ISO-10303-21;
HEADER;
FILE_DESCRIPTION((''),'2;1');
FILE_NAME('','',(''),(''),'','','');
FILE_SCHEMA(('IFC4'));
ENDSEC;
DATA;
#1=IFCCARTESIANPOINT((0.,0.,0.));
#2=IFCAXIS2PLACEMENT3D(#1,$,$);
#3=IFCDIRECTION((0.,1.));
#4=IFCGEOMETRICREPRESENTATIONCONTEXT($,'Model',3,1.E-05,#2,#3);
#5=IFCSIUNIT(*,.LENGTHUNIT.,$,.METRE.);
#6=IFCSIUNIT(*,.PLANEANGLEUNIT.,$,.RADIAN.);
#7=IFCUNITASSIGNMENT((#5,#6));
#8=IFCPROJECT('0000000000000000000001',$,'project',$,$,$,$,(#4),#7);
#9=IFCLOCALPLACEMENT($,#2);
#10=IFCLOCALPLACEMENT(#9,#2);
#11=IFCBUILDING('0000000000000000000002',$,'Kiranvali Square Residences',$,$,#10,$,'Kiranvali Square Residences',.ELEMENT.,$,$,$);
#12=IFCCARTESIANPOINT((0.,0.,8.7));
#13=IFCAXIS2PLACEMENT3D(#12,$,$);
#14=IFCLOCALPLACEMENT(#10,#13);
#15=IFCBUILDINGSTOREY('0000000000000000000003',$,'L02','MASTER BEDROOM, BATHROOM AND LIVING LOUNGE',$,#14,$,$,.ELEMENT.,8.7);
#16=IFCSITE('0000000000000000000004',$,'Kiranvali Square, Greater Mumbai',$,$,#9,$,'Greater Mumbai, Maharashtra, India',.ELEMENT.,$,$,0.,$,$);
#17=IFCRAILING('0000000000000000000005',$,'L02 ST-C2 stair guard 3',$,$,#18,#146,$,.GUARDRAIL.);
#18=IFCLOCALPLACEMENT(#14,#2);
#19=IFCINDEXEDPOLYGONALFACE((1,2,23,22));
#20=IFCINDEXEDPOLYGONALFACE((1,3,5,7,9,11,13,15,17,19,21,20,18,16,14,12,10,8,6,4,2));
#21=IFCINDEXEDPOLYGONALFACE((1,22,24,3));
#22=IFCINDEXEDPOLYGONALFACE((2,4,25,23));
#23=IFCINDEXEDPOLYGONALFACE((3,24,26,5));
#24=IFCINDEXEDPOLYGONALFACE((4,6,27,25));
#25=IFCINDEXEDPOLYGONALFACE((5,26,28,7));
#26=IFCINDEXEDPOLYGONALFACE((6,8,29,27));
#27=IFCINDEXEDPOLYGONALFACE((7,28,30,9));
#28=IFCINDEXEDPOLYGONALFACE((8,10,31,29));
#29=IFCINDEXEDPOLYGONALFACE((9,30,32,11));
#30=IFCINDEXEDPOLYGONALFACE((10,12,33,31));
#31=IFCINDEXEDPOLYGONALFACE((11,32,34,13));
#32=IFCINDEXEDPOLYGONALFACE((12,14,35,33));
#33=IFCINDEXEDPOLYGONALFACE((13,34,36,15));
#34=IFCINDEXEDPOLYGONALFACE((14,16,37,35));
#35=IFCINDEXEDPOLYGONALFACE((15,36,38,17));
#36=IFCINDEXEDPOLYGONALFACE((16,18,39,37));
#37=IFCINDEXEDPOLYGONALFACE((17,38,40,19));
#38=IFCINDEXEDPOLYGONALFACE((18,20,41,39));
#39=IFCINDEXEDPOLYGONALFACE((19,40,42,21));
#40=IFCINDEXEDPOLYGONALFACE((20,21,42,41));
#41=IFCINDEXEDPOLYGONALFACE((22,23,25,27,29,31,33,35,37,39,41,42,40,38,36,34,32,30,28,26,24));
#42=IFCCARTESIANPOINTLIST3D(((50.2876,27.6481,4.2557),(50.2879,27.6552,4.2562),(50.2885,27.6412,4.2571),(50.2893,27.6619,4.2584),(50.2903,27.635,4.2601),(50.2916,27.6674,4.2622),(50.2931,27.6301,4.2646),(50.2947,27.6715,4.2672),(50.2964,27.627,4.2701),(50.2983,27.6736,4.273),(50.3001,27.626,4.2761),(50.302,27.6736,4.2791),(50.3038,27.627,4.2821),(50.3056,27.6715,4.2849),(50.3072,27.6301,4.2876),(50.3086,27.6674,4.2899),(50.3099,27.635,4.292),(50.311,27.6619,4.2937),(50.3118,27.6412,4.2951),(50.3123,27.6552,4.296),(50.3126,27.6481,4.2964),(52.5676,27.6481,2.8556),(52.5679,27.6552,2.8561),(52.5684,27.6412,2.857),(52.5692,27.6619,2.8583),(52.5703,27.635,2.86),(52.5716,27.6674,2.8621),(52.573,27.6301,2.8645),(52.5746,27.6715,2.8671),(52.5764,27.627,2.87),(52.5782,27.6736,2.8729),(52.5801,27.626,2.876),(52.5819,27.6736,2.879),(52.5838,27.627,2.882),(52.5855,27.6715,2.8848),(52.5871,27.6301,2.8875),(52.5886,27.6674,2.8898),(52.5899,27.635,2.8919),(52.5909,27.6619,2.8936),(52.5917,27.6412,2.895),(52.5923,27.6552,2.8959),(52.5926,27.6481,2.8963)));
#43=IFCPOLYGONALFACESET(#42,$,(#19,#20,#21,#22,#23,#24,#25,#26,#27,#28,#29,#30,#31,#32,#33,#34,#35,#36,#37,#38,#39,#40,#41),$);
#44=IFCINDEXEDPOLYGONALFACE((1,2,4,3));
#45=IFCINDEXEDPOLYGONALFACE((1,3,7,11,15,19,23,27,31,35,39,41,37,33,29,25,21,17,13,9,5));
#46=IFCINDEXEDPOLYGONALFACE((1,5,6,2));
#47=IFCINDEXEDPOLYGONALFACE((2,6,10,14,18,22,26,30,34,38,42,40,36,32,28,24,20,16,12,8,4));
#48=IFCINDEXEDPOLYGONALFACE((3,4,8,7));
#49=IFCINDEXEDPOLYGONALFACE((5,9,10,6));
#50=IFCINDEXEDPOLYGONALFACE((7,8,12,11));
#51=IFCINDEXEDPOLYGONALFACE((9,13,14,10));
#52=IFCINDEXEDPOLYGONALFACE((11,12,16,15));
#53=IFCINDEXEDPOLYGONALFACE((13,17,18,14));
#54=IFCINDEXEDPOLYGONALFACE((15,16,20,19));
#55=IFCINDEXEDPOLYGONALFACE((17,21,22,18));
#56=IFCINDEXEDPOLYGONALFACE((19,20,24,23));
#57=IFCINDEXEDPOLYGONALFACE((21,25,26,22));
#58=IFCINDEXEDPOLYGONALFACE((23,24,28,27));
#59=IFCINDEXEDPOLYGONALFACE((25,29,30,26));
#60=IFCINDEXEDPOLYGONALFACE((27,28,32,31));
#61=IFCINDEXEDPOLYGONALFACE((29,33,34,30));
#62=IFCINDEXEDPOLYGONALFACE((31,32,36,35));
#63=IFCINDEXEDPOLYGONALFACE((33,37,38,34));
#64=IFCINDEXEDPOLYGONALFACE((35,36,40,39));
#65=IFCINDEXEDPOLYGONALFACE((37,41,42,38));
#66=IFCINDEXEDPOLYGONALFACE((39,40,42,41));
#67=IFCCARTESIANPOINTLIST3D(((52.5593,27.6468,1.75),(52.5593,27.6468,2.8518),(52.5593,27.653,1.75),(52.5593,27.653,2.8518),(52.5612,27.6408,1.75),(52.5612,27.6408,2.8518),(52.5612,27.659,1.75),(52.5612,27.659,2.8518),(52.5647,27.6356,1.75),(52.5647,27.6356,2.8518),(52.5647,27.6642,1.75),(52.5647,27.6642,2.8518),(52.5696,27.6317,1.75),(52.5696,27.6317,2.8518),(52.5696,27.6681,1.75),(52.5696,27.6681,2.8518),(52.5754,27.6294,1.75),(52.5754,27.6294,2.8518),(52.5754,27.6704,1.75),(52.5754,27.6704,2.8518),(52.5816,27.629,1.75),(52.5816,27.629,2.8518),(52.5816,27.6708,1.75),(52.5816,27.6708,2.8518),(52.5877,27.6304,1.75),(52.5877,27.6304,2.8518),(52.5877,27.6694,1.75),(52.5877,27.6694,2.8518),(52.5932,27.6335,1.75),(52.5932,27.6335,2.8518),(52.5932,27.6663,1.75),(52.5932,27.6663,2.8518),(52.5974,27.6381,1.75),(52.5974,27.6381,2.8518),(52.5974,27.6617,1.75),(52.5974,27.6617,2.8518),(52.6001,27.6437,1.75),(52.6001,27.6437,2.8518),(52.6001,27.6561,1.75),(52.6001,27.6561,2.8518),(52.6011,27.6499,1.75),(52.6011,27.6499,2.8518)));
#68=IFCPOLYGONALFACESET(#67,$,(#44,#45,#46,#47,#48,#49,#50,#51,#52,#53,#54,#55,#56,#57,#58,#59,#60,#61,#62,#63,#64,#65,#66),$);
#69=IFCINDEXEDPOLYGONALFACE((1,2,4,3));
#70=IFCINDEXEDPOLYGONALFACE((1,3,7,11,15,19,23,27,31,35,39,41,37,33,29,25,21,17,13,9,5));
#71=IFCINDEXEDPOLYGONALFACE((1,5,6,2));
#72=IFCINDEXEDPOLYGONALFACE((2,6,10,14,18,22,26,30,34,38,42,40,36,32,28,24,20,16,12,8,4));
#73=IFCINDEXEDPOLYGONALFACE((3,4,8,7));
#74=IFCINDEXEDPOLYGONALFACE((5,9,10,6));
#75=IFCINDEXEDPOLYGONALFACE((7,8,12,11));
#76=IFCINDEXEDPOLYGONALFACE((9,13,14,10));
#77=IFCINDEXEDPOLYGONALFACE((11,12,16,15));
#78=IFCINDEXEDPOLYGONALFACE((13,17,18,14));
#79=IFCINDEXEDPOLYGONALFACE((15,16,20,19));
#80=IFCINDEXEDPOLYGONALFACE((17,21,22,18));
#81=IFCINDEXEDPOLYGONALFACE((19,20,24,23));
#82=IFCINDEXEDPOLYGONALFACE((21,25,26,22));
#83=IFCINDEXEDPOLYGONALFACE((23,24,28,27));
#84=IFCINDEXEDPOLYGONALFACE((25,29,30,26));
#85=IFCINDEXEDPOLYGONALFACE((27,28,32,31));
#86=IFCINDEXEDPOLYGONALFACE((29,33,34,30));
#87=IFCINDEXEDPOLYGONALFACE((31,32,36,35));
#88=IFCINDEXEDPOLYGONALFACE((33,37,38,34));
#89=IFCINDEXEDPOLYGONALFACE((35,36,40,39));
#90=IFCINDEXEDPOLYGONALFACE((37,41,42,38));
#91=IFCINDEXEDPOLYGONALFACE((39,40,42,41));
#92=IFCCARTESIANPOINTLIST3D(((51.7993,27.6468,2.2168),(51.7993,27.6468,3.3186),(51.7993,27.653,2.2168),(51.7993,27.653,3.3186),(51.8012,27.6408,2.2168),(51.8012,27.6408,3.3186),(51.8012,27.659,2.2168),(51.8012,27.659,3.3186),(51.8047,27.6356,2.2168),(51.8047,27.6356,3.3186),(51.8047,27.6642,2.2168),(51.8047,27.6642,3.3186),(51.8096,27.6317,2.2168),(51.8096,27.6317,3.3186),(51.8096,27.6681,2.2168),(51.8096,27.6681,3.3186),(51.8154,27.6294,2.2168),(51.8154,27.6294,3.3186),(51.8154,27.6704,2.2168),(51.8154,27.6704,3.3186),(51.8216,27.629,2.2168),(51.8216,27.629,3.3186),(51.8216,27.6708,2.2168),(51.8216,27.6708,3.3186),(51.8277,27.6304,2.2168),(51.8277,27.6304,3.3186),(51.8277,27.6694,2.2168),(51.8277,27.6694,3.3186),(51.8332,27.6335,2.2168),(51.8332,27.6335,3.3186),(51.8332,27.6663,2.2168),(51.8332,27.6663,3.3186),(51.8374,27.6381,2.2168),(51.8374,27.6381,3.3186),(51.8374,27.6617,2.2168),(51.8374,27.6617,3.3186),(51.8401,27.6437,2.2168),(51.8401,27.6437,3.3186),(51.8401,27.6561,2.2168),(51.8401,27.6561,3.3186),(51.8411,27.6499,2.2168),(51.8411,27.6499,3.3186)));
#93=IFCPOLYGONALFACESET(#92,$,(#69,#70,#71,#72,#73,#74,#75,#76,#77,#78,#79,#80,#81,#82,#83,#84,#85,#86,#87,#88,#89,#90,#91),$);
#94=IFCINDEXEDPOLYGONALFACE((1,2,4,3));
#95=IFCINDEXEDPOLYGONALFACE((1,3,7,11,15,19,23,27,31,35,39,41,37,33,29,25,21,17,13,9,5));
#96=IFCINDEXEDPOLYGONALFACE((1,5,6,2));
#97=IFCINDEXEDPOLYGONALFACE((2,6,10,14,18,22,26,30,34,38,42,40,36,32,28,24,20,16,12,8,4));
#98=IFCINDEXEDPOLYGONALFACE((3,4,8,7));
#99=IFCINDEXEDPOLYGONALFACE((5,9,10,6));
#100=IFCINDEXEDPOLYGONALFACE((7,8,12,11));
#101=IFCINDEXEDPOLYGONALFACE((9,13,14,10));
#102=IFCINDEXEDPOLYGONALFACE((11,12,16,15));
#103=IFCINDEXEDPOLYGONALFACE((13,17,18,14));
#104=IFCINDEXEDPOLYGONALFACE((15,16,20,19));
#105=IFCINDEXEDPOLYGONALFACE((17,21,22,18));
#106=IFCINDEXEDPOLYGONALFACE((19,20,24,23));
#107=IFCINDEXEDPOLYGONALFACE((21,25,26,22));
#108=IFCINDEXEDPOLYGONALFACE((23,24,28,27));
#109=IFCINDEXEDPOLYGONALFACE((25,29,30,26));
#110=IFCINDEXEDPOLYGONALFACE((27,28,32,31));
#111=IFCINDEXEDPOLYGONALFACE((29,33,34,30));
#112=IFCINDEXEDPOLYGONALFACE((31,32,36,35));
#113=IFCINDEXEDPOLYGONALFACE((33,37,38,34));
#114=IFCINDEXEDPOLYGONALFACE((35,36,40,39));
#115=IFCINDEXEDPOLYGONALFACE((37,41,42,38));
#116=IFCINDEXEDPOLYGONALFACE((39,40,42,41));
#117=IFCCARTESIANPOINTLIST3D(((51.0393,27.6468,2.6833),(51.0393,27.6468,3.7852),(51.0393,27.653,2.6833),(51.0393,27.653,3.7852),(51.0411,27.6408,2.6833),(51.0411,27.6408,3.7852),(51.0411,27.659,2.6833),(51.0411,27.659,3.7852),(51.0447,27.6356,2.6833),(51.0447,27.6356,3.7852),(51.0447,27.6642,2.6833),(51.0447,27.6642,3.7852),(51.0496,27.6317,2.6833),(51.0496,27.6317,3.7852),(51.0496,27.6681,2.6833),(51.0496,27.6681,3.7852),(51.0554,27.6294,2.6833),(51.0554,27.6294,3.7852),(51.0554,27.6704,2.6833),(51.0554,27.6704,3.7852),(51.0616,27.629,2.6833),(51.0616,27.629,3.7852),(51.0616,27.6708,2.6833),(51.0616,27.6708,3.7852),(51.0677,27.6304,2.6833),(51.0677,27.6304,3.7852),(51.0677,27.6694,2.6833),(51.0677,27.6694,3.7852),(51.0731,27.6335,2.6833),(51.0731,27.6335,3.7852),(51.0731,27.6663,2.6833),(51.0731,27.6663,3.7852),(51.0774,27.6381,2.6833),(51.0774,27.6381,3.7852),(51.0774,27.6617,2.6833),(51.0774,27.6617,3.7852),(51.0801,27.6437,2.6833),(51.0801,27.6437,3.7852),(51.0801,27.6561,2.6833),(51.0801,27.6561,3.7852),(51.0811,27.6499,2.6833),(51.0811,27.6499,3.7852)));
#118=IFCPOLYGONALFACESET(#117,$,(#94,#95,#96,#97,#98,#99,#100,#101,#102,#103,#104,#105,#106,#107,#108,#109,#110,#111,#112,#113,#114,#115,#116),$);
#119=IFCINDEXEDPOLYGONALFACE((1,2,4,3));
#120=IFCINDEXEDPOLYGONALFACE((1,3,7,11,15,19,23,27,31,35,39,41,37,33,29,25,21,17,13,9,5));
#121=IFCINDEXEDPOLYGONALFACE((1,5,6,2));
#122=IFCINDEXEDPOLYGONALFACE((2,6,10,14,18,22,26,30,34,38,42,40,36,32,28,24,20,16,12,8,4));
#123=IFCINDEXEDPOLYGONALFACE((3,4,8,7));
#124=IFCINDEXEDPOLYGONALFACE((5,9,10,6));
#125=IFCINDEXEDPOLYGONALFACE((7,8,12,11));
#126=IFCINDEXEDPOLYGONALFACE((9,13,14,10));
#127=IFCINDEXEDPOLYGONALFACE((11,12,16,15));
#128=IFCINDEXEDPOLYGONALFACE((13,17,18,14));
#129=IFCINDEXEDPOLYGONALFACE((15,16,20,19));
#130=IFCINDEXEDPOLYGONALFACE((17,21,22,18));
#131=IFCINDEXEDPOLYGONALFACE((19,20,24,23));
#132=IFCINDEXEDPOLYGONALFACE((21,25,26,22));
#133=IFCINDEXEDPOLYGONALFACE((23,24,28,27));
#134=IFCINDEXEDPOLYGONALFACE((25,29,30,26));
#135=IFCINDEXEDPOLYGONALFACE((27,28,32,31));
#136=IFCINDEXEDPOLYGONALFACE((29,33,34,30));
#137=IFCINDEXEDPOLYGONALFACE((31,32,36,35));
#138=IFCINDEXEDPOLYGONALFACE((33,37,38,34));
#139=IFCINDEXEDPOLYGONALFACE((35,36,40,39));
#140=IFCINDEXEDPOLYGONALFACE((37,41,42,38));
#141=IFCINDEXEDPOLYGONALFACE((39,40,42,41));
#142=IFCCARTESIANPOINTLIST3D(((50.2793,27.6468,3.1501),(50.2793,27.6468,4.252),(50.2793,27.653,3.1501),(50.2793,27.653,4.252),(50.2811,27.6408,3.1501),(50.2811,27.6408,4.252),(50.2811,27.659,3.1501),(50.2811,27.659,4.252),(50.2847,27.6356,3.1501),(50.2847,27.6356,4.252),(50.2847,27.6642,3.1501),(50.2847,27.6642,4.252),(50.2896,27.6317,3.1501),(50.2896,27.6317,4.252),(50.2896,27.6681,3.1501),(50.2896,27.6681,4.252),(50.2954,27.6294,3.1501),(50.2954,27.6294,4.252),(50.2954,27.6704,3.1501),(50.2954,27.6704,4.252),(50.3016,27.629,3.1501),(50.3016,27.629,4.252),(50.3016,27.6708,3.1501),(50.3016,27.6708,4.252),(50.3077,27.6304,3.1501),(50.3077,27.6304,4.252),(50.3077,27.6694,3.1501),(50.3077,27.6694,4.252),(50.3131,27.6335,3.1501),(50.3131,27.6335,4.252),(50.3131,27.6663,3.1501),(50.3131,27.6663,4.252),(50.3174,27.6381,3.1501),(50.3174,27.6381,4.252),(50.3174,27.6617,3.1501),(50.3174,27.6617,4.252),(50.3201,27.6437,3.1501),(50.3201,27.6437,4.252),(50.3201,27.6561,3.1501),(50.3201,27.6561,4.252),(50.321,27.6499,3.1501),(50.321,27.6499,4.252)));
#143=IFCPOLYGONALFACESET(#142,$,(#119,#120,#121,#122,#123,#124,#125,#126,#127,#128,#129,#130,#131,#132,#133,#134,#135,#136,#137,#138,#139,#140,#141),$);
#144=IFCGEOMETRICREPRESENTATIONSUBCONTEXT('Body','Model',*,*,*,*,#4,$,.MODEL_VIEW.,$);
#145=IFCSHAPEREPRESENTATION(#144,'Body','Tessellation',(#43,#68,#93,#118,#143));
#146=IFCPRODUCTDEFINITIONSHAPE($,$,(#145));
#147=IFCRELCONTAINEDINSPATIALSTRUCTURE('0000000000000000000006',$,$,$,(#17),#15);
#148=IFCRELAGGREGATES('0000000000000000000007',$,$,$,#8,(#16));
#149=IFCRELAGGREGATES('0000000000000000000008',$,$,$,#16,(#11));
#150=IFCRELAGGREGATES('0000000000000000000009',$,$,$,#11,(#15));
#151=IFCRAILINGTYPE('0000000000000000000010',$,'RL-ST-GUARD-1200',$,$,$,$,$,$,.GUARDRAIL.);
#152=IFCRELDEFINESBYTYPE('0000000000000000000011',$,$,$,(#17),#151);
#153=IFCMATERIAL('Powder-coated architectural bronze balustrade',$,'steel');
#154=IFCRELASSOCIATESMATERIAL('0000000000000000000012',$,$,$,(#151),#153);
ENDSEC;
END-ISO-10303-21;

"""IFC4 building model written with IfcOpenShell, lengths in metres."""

from ifc_helpers import new_model, si_unit, direction, frame, origin, origin_2d, place, context, subcontext, project, spatial, circle, extrude, material, type_object, element, save


model = new_model("IFC4")

# Units and contexts
model_context = context("Model", 3, precision=1e-05, world=origin(), true_north=direction((0.0, 1.0)))
body_context = subcontext(model_context, "Body", "Model", "MODEL_VIEW")
ifc_project = project(units=[si_unit("LENGTHUNIT", "METRE"), si_unit("PLANEANGLEUNIT", "RADIAN")], contexts=[model_context])

# Site, building, storey
site_placement = place(None, origin())
site = spatial("IfcSite", under=ifc_project, at=site_placement, Name="Kiranvali Square, Greater Mumbai", LongName="Greater Mumbai, Maharashtra, India", CompositionType="ELEMENT", RefElevation=0.0)
building_placement = place(site_placement, origin())
building = spatial("IfcBuilding", under=site, at=building_placement, Name="Kiranvali Square Residences", LongName="Kiranvali Square Residences", CompositionType="ELEMENT")
storey_placement = place(building_placement, frame((0.0, 0.0, 8.7)))
storey = spatial("IfcBuildingStorey", under=building, at=storey_placement, Name="L02", Description="MASTER BEDROOM, BATHROOM AND LIVING LOUNGE", CompositionType="ELEMENT", Elevation=8.7)

# Railing
ifc_material_1 = material(Name="Powder-coated architectural bronze balustrade", Category="steel")
railing_type_1 = type_object("IfcRailingType", Name="RL-ST-GUARD-1200", PredefinedType="GUARDRAIL", material=ifc_material_1)
railing_1_placement = place(storey_placement, frame((52.5801, 27.6499, 1.75)))
element("IfcRailing", 1, at=railing_1_placement, inside=storey, type_object=railing_type_1, Name="L02 ST-C2 stair guard 3", PredefinedType="GUARDRAIL", context=body_context, shape_type="SweptSolid", body=[
    extrude(circle(Radius=0.0239, at=origin_2d()), frame((0.0, 0.0, 1.126), z_axis=(-0.85215, 0.0, 0.523298), x_axis=(0.0, -1.0, 0.0)), (0.0, 0.0, 1.0), 2.6755),
    extrude(circle(Radius=0.021, at=origin_2d()), origin(), (0.0, 0.0, 1.0), 1.1018),
    extrude(circle(Radius=0.021, at=origin_2d()), frame((-0.76, 0.0, 0.4668)), (0.0, 0.0, 1.0), 1.1018),
    extrude(circle(Radius=0.021, at=origin_2d()), frame((-1.52, 0.0, 0.9333)), (0.0, 0.0, 1.0), 1.1018),
    extrude(circle(Radius=0.021, at=origin_2d()), frame((-2.28, 0.0, 1.4001)), (0.0, 0.0, 1.0), 1.1018),
])

save(model, "model.ifc")
